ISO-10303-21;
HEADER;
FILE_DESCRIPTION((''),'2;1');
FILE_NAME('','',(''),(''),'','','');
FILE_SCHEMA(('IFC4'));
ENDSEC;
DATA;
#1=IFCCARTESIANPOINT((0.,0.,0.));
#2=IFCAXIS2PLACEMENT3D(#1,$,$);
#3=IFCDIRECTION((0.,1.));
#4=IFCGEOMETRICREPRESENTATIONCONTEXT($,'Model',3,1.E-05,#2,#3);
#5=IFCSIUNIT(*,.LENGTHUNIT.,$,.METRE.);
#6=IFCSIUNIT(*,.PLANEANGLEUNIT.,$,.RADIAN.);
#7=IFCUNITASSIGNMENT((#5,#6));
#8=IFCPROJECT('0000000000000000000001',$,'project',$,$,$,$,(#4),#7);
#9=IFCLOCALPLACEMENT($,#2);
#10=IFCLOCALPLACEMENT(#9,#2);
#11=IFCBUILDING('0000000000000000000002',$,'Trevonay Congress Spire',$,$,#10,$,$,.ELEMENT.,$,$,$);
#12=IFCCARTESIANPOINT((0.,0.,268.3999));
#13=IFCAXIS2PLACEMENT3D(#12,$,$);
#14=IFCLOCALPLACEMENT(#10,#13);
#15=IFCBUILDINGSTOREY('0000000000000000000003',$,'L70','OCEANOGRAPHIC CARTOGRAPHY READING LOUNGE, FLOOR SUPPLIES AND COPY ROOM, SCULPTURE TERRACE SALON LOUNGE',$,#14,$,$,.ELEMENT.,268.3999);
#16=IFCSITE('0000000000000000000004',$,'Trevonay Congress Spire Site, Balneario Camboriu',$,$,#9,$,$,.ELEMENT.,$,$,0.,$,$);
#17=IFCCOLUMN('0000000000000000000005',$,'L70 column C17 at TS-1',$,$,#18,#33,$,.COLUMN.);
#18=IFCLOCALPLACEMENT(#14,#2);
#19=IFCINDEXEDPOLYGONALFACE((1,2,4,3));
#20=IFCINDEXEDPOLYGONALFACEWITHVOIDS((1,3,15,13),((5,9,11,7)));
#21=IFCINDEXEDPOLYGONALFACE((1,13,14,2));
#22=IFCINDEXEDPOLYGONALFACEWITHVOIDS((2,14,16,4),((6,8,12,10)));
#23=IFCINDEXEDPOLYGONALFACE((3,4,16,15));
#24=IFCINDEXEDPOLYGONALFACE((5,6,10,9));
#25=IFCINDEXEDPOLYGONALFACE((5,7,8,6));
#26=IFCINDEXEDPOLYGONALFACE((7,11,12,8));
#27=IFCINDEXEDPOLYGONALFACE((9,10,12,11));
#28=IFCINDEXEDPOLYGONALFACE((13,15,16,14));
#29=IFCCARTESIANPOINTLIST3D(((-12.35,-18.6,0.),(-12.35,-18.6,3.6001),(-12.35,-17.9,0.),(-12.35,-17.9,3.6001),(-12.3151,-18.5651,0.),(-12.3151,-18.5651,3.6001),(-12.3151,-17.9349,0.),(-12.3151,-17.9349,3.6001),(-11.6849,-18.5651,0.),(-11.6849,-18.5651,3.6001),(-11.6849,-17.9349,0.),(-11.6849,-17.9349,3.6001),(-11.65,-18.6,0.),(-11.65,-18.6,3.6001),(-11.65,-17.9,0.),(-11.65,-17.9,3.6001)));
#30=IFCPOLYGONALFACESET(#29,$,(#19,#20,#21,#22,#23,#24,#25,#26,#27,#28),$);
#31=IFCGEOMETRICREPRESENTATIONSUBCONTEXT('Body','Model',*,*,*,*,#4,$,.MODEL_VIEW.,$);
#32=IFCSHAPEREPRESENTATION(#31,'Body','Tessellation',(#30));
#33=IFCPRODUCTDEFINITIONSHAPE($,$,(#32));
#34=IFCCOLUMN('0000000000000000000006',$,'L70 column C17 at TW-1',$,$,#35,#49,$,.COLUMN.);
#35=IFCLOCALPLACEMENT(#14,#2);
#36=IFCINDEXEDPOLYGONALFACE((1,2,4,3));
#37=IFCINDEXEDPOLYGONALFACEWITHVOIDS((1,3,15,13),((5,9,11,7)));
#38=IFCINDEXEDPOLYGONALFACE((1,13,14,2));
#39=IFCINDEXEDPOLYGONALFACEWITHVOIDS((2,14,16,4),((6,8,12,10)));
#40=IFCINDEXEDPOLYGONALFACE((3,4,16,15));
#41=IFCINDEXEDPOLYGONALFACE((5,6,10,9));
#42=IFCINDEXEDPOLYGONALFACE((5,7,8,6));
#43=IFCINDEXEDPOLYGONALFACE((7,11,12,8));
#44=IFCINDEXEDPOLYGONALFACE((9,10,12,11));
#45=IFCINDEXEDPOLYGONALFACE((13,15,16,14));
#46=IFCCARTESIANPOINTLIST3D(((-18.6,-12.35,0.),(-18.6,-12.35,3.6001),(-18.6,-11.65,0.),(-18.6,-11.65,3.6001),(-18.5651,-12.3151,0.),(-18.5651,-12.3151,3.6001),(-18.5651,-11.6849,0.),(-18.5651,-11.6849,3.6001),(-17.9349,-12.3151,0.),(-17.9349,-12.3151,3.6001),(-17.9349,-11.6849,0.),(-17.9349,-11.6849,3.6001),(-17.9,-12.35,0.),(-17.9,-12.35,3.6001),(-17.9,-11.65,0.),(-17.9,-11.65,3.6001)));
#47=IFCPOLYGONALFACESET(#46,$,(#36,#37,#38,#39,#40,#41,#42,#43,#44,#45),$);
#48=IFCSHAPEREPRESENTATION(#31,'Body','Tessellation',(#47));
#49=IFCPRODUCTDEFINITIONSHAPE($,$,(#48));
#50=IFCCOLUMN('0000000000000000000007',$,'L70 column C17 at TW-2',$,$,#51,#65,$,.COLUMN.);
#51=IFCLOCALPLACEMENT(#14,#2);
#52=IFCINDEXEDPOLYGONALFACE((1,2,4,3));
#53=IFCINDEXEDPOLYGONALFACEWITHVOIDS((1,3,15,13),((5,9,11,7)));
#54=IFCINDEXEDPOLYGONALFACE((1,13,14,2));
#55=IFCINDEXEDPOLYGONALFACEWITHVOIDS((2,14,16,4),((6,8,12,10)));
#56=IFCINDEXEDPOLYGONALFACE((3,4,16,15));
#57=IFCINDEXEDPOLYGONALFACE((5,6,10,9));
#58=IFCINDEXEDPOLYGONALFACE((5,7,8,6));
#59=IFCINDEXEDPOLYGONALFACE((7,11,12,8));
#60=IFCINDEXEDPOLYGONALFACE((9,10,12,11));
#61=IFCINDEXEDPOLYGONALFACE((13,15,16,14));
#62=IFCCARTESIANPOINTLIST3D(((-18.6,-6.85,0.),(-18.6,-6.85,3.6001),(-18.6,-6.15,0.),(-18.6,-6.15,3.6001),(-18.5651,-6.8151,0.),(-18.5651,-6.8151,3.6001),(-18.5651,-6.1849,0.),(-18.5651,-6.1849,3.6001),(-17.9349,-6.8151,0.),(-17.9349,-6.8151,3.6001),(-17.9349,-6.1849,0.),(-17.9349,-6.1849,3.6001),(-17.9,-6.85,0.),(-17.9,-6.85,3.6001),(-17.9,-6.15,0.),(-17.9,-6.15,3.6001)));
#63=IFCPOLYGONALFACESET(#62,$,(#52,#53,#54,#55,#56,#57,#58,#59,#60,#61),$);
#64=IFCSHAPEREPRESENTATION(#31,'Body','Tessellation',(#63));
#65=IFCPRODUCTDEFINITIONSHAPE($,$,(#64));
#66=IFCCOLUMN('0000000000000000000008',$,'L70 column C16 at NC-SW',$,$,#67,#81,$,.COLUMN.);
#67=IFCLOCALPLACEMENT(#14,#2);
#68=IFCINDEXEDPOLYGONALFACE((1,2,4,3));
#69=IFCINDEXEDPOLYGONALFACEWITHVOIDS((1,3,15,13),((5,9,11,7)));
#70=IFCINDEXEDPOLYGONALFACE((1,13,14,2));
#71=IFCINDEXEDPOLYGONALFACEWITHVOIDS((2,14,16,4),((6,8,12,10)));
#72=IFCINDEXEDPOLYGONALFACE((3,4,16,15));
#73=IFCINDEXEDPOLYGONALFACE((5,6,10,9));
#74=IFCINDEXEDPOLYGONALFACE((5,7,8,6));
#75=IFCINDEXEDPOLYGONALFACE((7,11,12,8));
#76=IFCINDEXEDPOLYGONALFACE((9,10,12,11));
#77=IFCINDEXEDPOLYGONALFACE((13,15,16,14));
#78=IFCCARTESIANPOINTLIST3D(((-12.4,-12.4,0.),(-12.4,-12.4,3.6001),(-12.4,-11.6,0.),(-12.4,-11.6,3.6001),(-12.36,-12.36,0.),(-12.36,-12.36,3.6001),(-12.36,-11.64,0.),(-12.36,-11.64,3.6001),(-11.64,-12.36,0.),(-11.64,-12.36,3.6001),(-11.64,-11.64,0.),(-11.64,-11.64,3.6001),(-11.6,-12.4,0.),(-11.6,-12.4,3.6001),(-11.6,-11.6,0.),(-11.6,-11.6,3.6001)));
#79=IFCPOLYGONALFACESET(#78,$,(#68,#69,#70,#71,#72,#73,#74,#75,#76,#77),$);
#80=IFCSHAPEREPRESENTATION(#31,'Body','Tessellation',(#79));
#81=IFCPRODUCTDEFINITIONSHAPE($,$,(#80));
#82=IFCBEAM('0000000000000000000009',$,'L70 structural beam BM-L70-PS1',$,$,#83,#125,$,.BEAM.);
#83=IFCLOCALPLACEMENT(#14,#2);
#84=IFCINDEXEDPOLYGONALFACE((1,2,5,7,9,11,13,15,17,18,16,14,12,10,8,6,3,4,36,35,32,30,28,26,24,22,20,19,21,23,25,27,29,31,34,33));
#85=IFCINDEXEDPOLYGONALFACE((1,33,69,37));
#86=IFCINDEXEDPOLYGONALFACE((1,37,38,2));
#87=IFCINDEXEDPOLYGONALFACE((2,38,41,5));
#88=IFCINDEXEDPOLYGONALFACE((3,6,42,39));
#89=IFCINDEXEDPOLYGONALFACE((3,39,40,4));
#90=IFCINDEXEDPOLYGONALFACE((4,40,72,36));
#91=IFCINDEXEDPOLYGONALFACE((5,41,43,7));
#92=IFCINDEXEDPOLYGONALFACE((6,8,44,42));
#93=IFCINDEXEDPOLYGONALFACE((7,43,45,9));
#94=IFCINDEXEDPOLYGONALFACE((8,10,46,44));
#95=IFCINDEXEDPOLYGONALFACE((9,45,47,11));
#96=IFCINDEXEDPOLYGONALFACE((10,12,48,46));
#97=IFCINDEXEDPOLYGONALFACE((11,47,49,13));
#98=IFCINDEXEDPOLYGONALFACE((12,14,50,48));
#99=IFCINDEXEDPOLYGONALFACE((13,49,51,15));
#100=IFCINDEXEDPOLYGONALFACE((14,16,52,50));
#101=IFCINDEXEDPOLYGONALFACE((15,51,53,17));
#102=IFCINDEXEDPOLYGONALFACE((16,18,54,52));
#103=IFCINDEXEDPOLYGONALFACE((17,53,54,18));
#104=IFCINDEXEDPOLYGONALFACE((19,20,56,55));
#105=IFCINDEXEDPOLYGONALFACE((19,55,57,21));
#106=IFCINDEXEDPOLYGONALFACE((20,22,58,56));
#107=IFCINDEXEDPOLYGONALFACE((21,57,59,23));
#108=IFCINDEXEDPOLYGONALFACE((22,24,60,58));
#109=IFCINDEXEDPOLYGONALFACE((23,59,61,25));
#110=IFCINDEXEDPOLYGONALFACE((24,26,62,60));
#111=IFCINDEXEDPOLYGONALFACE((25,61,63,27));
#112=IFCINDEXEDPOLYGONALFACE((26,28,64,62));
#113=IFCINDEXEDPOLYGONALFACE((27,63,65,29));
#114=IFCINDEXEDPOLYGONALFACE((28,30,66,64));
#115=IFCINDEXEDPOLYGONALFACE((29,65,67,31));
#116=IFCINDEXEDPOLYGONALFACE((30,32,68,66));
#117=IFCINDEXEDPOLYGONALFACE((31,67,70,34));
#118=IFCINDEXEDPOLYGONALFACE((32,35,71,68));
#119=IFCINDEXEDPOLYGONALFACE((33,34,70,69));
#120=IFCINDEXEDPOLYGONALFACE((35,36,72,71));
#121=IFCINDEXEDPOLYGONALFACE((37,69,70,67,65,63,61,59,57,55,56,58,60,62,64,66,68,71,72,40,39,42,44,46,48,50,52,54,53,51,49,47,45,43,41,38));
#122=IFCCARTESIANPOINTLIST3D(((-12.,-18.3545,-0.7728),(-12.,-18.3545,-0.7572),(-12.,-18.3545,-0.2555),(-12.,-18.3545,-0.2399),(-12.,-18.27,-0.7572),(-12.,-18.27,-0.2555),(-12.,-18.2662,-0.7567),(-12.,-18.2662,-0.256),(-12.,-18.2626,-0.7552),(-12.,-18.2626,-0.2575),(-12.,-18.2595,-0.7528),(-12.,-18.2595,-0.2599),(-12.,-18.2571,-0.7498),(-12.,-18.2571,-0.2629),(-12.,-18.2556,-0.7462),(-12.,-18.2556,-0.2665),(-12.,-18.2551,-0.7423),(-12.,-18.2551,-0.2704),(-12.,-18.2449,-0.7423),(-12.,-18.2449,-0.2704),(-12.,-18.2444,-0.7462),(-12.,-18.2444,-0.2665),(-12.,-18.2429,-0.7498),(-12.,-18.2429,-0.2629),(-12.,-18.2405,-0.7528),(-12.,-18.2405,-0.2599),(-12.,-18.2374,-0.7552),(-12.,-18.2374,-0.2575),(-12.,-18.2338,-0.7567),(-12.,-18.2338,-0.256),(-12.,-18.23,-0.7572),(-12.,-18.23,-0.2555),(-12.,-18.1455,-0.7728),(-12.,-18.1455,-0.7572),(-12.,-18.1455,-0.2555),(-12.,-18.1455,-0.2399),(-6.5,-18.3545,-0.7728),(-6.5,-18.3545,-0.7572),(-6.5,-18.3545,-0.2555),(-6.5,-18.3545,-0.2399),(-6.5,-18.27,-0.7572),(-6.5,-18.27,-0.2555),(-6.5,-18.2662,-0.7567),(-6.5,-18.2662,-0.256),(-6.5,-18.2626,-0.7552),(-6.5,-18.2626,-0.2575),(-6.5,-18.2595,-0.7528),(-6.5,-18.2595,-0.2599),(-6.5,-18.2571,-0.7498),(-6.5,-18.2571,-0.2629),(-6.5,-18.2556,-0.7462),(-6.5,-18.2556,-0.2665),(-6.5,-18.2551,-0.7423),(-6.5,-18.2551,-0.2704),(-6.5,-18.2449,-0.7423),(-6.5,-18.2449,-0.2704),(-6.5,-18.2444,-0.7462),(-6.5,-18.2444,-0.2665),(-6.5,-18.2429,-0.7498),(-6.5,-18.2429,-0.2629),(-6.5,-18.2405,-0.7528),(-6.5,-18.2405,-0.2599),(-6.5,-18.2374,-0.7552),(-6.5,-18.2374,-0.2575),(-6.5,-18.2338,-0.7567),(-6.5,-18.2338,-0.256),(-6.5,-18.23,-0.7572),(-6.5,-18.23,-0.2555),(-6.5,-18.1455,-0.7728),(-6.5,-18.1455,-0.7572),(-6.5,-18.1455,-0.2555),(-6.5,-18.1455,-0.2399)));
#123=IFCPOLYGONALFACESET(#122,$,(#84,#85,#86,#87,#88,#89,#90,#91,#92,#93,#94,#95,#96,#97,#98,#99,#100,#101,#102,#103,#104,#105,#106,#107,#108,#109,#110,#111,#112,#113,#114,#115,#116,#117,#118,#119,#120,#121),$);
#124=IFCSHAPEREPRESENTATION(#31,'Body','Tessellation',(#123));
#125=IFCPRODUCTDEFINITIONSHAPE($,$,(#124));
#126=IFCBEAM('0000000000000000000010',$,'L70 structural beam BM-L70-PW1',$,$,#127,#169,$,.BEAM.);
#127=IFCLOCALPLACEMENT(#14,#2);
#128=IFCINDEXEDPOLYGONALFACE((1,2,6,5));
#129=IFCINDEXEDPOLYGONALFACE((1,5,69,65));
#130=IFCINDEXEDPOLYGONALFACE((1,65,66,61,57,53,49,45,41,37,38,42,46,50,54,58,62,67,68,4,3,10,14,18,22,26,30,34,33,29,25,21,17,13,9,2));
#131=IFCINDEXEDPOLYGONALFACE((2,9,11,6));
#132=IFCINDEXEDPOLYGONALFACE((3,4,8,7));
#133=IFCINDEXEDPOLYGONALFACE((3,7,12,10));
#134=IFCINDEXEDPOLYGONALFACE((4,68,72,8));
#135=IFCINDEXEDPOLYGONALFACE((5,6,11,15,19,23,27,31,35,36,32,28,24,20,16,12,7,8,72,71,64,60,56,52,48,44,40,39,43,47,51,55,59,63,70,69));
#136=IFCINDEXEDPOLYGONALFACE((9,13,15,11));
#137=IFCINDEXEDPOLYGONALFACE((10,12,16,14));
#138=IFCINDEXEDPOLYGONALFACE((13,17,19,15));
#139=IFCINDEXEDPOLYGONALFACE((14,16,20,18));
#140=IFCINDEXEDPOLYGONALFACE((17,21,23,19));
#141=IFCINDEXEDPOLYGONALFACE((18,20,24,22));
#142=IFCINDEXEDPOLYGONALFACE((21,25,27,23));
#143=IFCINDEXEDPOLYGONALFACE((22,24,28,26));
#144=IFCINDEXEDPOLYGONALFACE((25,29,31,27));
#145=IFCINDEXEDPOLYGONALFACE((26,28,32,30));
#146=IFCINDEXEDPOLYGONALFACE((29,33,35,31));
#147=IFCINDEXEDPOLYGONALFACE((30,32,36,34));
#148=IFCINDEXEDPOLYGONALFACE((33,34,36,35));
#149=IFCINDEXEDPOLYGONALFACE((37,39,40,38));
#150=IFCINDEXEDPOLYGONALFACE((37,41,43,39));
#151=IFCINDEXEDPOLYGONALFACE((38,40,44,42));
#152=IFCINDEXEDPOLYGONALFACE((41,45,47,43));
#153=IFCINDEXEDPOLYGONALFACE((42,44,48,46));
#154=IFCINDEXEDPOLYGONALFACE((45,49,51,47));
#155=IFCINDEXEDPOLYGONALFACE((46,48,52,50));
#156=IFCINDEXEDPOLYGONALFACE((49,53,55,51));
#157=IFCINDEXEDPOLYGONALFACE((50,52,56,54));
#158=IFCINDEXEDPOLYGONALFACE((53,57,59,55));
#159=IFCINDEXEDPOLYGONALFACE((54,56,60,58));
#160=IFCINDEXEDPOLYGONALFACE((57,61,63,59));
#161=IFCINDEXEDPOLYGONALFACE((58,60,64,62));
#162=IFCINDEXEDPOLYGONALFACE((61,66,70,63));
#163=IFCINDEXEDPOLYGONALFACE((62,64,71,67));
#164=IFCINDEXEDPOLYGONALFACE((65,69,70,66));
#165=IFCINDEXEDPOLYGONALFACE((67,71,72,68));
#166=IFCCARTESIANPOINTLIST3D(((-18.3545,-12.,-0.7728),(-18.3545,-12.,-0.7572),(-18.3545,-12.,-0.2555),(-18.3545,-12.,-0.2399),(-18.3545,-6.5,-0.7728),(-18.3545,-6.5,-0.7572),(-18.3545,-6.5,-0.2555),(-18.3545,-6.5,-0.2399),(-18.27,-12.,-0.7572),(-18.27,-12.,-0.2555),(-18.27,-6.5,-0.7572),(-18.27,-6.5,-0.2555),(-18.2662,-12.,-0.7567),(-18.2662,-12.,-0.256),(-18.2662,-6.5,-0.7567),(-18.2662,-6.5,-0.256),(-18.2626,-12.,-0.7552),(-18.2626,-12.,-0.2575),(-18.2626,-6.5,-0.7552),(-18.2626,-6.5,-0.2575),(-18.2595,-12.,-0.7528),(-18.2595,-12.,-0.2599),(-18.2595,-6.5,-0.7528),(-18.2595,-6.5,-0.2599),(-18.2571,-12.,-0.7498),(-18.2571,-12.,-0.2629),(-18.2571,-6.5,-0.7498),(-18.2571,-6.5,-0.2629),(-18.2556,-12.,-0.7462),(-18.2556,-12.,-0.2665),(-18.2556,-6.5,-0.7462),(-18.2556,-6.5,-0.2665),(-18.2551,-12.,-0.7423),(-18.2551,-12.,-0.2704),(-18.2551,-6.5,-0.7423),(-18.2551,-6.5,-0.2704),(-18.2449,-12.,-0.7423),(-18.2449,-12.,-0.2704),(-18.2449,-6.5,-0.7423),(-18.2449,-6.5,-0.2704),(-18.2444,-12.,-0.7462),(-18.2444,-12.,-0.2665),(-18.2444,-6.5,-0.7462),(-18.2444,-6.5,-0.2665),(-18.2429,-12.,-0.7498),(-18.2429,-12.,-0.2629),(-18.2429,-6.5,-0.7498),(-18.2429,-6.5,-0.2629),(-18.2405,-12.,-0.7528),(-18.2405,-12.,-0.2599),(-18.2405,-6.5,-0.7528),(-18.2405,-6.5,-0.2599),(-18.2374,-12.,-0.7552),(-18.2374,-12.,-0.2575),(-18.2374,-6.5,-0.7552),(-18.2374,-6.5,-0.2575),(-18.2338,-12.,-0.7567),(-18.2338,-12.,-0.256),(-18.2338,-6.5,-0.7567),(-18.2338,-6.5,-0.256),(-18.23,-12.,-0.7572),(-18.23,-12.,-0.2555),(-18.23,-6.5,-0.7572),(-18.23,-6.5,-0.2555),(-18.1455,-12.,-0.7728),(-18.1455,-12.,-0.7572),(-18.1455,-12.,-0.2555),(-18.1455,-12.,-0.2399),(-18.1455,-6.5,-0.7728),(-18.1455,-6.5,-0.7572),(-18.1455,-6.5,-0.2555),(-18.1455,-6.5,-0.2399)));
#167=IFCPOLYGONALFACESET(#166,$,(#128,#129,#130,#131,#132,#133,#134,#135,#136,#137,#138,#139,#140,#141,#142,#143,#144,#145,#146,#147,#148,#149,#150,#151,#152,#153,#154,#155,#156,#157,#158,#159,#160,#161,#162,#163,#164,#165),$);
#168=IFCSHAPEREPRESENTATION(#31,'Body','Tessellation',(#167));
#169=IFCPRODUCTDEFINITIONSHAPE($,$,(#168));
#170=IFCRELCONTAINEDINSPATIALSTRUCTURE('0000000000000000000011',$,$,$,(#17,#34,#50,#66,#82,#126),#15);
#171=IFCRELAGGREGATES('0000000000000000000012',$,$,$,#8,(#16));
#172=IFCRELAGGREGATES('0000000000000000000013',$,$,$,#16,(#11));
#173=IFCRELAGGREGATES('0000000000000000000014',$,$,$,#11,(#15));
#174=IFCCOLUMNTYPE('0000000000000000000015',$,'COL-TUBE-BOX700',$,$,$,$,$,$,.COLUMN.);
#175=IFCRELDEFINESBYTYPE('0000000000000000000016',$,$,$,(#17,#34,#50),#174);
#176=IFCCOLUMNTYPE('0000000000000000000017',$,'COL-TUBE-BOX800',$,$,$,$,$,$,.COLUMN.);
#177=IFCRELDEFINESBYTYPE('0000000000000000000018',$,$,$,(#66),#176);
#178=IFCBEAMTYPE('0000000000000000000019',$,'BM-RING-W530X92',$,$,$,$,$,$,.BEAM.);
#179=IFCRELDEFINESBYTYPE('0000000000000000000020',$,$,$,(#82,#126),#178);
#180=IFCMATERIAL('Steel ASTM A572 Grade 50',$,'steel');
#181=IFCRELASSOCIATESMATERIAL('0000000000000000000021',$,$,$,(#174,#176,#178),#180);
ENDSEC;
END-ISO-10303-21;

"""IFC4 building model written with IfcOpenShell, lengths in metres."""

from ifc_helpers import new_model, si_unit, direction, frame, origin, origin_2d, place, context, subcontext, project, spatial, hollow_rectangle, i_section, extrude, material, material_profile, profile_set, type_object, element, save


model = new_model("IFC4")

# Units and contexts
model_context = context("Model", 3, precision=1e-05, world=origin(), true_north=direction((0.0, 1.0)))
body_context = subcontext(model_context, "Body", "Model", "MODEL_VIEW")
ifc_project = project(units=[si_unit("LENGTHUNIT", "METRE"), si_unit("PLANEANGLEUNIT", "RADIAN")], contexts=[model_context])

# Site, building, storey
site_placement = place(None, origin())
site = spatial("IfcSite", under=ifc_project, at=site_placement, Name="Trevonay Congress Spire Site, Balneario Camboriu", CompositionType="ELEMENT", RefElevation=0.0)
building_placement = place(site_placement, origin())
building = spatial("IfcBuilding", under=site, at=building_placement, Name="Trevonay Congress Spire", CompositionType="ELEMENT")
storey_placement = place(building_placement, frame((0.0, 0.0, 268.3999)))
storey = spatial("IfcBuildingStorey", under=building, at=storey_placement, Name="L70", Description="OCEANOGRAPHIC CARTOGRAPHY READING LOUNGE, FLOOR SUPPLIES AND COPY ROOM, SCULPTURE TERRACE SALON LOUNGE", CompositionType="ELEMENT", Elevation=268.3999)

# Columns
ifc_material_1 = material(Name="Steel ASTM A572 Grade 50", Category="steel")
ifc_material_profile_1 = material_profile(ifc_material_1, hollow_rectangle(XDim=0.7, YDim=0.7, WallThickness=0.0349, at=origin_2d()), Name="BOX 700x700x35")
ifc_profile_set_1 = profile_set([ifc_material_profile_1], Name="Steel ASTM A572 Grade 50")
column_type_1 = type_object("IfcColumnType", Name="COL-TUBE-BOX700", PredefinedType="COLUMN", material=ifc_profile_set_1)
for number, where, z_axis, x_axis, name in (
    (1, (-12.0, -18.25, 0.0), (0.0, 0.0, 1.0), (1.0, 0.0, 0.0), "L70 column C17 at TS-1"),
    (2, (-18.25, -12.0, 0.0), (0.0, 0.0, 1.0), (1.0, 0.0, 0.0), "L70 column C17 at TW-1"),
    (3, (-18.25, -6.5, 0.0), (0.0, 0.0, 1.0), (1.0, 0.0, 0.0), "L70 column C17 at TW-2"),
):
    element("IfcColumn", number, at=place(storey_placement, frame(where, z_axis=z_axis, x_axis=x_axis)), inside=storey, type_object=column_type_1, Name=name, PredefinedType="COLUMN", context=body_context, shape_type="SweptSolid", body=[
        extrude(hollow_rectangle(XDim=0.7, YDim=0.7, WallThickness=0.0349, at=origin_2d()), origin(), (0.0, 0.0, 1.0), 3.6001),
    ])
ifc_material_profile_2 = material_profile(ifc_material_1, hollow_rectangle(XDim=0.8, YDim=0.8, WallThickness=0.04, at=origin_2d()), Name="BOX 800x800x40")
ifc_profile_set_2 = profile_set([ifc_material_profile_2], Name="Steel ASTM A572 Grade 50")
column_type_2 = type_object("IfcColumnType", Name="COL-TUBE-BOX800", PredefinedType="COLUMN", material=ifc_profile_set_2)
column_placement = place(storey_placement, frame((-12.0, -12.0, 0.0), z_axis=(0.0, 0.0, 1.0), x_axis=(1.0, 0.0, 0.0)))
element("IfcColumn", 4, at=column_placement, inside=storey, type_object=column_type_2, Name="L70 column C16 at NC-SW", PredefinedType="COLUMN", context=body_context, shape_type="SweptSolid", body=[
    extrude(hollow_rectangle(XDim=0.8, YDim=0.8, WallThickness=0.04, at=origin_2d()), origin(), (0.0, 0.0, 1.0), 3.6001),
])

# Beams
ifc_material_profile_3 = material_profile(ifc_material_1, i_section(OverallWidth=0.209, OverallDepth=0.533, WebThickness=0.0103, FlangeThickness=0.0156, FilletRadius=0.0149, at=origin_2d()), Name="W530x92")
ifc_profile_set_3 = profile_set([ifc_material_profile_3], Name="Steel ASTM A572 Grade 50")
beam_type_1 = type_object("IfcBeamType", Name="BM-RING-W530X92", PredefinedType="BEAM", material=ifc_profile_set_3)
for number, where, z_axis, x_axis, name in (
    (5, (-12.0, -18.25, -0.5063), (1.0, 0.0, 0.0), (0.0, 1.0, 0.0), "L70 structural beam BM-L70-PS1"),
    (6, (-18.25, -12.0, -0.5063), (0.0, 1.0, 0.0), (-1.0, 0.0, 0.0), "L70 structural beam BM-L70-PW1"),
):
    element("IfcBeam", number, at=place(storey_placement, frame(where, z_axis=z_axis, x_axis=x_axis)), inside=storey, type_object=beam_type_1, Name=name, PredefinedType="BEAM", context=body_context, shape_type="SweptSolid", body=[
        extrude(i_section(OverallWidth=0.209, OverallDepth=0.533, WebThickness=0.0103, FlangeThickness=0.0156, FilletRadius=0.0149, at=origin_2d()), origin(), (0.0, 0.0, 1.0), 5.5),
    ])

save(model, "model.ifc")
